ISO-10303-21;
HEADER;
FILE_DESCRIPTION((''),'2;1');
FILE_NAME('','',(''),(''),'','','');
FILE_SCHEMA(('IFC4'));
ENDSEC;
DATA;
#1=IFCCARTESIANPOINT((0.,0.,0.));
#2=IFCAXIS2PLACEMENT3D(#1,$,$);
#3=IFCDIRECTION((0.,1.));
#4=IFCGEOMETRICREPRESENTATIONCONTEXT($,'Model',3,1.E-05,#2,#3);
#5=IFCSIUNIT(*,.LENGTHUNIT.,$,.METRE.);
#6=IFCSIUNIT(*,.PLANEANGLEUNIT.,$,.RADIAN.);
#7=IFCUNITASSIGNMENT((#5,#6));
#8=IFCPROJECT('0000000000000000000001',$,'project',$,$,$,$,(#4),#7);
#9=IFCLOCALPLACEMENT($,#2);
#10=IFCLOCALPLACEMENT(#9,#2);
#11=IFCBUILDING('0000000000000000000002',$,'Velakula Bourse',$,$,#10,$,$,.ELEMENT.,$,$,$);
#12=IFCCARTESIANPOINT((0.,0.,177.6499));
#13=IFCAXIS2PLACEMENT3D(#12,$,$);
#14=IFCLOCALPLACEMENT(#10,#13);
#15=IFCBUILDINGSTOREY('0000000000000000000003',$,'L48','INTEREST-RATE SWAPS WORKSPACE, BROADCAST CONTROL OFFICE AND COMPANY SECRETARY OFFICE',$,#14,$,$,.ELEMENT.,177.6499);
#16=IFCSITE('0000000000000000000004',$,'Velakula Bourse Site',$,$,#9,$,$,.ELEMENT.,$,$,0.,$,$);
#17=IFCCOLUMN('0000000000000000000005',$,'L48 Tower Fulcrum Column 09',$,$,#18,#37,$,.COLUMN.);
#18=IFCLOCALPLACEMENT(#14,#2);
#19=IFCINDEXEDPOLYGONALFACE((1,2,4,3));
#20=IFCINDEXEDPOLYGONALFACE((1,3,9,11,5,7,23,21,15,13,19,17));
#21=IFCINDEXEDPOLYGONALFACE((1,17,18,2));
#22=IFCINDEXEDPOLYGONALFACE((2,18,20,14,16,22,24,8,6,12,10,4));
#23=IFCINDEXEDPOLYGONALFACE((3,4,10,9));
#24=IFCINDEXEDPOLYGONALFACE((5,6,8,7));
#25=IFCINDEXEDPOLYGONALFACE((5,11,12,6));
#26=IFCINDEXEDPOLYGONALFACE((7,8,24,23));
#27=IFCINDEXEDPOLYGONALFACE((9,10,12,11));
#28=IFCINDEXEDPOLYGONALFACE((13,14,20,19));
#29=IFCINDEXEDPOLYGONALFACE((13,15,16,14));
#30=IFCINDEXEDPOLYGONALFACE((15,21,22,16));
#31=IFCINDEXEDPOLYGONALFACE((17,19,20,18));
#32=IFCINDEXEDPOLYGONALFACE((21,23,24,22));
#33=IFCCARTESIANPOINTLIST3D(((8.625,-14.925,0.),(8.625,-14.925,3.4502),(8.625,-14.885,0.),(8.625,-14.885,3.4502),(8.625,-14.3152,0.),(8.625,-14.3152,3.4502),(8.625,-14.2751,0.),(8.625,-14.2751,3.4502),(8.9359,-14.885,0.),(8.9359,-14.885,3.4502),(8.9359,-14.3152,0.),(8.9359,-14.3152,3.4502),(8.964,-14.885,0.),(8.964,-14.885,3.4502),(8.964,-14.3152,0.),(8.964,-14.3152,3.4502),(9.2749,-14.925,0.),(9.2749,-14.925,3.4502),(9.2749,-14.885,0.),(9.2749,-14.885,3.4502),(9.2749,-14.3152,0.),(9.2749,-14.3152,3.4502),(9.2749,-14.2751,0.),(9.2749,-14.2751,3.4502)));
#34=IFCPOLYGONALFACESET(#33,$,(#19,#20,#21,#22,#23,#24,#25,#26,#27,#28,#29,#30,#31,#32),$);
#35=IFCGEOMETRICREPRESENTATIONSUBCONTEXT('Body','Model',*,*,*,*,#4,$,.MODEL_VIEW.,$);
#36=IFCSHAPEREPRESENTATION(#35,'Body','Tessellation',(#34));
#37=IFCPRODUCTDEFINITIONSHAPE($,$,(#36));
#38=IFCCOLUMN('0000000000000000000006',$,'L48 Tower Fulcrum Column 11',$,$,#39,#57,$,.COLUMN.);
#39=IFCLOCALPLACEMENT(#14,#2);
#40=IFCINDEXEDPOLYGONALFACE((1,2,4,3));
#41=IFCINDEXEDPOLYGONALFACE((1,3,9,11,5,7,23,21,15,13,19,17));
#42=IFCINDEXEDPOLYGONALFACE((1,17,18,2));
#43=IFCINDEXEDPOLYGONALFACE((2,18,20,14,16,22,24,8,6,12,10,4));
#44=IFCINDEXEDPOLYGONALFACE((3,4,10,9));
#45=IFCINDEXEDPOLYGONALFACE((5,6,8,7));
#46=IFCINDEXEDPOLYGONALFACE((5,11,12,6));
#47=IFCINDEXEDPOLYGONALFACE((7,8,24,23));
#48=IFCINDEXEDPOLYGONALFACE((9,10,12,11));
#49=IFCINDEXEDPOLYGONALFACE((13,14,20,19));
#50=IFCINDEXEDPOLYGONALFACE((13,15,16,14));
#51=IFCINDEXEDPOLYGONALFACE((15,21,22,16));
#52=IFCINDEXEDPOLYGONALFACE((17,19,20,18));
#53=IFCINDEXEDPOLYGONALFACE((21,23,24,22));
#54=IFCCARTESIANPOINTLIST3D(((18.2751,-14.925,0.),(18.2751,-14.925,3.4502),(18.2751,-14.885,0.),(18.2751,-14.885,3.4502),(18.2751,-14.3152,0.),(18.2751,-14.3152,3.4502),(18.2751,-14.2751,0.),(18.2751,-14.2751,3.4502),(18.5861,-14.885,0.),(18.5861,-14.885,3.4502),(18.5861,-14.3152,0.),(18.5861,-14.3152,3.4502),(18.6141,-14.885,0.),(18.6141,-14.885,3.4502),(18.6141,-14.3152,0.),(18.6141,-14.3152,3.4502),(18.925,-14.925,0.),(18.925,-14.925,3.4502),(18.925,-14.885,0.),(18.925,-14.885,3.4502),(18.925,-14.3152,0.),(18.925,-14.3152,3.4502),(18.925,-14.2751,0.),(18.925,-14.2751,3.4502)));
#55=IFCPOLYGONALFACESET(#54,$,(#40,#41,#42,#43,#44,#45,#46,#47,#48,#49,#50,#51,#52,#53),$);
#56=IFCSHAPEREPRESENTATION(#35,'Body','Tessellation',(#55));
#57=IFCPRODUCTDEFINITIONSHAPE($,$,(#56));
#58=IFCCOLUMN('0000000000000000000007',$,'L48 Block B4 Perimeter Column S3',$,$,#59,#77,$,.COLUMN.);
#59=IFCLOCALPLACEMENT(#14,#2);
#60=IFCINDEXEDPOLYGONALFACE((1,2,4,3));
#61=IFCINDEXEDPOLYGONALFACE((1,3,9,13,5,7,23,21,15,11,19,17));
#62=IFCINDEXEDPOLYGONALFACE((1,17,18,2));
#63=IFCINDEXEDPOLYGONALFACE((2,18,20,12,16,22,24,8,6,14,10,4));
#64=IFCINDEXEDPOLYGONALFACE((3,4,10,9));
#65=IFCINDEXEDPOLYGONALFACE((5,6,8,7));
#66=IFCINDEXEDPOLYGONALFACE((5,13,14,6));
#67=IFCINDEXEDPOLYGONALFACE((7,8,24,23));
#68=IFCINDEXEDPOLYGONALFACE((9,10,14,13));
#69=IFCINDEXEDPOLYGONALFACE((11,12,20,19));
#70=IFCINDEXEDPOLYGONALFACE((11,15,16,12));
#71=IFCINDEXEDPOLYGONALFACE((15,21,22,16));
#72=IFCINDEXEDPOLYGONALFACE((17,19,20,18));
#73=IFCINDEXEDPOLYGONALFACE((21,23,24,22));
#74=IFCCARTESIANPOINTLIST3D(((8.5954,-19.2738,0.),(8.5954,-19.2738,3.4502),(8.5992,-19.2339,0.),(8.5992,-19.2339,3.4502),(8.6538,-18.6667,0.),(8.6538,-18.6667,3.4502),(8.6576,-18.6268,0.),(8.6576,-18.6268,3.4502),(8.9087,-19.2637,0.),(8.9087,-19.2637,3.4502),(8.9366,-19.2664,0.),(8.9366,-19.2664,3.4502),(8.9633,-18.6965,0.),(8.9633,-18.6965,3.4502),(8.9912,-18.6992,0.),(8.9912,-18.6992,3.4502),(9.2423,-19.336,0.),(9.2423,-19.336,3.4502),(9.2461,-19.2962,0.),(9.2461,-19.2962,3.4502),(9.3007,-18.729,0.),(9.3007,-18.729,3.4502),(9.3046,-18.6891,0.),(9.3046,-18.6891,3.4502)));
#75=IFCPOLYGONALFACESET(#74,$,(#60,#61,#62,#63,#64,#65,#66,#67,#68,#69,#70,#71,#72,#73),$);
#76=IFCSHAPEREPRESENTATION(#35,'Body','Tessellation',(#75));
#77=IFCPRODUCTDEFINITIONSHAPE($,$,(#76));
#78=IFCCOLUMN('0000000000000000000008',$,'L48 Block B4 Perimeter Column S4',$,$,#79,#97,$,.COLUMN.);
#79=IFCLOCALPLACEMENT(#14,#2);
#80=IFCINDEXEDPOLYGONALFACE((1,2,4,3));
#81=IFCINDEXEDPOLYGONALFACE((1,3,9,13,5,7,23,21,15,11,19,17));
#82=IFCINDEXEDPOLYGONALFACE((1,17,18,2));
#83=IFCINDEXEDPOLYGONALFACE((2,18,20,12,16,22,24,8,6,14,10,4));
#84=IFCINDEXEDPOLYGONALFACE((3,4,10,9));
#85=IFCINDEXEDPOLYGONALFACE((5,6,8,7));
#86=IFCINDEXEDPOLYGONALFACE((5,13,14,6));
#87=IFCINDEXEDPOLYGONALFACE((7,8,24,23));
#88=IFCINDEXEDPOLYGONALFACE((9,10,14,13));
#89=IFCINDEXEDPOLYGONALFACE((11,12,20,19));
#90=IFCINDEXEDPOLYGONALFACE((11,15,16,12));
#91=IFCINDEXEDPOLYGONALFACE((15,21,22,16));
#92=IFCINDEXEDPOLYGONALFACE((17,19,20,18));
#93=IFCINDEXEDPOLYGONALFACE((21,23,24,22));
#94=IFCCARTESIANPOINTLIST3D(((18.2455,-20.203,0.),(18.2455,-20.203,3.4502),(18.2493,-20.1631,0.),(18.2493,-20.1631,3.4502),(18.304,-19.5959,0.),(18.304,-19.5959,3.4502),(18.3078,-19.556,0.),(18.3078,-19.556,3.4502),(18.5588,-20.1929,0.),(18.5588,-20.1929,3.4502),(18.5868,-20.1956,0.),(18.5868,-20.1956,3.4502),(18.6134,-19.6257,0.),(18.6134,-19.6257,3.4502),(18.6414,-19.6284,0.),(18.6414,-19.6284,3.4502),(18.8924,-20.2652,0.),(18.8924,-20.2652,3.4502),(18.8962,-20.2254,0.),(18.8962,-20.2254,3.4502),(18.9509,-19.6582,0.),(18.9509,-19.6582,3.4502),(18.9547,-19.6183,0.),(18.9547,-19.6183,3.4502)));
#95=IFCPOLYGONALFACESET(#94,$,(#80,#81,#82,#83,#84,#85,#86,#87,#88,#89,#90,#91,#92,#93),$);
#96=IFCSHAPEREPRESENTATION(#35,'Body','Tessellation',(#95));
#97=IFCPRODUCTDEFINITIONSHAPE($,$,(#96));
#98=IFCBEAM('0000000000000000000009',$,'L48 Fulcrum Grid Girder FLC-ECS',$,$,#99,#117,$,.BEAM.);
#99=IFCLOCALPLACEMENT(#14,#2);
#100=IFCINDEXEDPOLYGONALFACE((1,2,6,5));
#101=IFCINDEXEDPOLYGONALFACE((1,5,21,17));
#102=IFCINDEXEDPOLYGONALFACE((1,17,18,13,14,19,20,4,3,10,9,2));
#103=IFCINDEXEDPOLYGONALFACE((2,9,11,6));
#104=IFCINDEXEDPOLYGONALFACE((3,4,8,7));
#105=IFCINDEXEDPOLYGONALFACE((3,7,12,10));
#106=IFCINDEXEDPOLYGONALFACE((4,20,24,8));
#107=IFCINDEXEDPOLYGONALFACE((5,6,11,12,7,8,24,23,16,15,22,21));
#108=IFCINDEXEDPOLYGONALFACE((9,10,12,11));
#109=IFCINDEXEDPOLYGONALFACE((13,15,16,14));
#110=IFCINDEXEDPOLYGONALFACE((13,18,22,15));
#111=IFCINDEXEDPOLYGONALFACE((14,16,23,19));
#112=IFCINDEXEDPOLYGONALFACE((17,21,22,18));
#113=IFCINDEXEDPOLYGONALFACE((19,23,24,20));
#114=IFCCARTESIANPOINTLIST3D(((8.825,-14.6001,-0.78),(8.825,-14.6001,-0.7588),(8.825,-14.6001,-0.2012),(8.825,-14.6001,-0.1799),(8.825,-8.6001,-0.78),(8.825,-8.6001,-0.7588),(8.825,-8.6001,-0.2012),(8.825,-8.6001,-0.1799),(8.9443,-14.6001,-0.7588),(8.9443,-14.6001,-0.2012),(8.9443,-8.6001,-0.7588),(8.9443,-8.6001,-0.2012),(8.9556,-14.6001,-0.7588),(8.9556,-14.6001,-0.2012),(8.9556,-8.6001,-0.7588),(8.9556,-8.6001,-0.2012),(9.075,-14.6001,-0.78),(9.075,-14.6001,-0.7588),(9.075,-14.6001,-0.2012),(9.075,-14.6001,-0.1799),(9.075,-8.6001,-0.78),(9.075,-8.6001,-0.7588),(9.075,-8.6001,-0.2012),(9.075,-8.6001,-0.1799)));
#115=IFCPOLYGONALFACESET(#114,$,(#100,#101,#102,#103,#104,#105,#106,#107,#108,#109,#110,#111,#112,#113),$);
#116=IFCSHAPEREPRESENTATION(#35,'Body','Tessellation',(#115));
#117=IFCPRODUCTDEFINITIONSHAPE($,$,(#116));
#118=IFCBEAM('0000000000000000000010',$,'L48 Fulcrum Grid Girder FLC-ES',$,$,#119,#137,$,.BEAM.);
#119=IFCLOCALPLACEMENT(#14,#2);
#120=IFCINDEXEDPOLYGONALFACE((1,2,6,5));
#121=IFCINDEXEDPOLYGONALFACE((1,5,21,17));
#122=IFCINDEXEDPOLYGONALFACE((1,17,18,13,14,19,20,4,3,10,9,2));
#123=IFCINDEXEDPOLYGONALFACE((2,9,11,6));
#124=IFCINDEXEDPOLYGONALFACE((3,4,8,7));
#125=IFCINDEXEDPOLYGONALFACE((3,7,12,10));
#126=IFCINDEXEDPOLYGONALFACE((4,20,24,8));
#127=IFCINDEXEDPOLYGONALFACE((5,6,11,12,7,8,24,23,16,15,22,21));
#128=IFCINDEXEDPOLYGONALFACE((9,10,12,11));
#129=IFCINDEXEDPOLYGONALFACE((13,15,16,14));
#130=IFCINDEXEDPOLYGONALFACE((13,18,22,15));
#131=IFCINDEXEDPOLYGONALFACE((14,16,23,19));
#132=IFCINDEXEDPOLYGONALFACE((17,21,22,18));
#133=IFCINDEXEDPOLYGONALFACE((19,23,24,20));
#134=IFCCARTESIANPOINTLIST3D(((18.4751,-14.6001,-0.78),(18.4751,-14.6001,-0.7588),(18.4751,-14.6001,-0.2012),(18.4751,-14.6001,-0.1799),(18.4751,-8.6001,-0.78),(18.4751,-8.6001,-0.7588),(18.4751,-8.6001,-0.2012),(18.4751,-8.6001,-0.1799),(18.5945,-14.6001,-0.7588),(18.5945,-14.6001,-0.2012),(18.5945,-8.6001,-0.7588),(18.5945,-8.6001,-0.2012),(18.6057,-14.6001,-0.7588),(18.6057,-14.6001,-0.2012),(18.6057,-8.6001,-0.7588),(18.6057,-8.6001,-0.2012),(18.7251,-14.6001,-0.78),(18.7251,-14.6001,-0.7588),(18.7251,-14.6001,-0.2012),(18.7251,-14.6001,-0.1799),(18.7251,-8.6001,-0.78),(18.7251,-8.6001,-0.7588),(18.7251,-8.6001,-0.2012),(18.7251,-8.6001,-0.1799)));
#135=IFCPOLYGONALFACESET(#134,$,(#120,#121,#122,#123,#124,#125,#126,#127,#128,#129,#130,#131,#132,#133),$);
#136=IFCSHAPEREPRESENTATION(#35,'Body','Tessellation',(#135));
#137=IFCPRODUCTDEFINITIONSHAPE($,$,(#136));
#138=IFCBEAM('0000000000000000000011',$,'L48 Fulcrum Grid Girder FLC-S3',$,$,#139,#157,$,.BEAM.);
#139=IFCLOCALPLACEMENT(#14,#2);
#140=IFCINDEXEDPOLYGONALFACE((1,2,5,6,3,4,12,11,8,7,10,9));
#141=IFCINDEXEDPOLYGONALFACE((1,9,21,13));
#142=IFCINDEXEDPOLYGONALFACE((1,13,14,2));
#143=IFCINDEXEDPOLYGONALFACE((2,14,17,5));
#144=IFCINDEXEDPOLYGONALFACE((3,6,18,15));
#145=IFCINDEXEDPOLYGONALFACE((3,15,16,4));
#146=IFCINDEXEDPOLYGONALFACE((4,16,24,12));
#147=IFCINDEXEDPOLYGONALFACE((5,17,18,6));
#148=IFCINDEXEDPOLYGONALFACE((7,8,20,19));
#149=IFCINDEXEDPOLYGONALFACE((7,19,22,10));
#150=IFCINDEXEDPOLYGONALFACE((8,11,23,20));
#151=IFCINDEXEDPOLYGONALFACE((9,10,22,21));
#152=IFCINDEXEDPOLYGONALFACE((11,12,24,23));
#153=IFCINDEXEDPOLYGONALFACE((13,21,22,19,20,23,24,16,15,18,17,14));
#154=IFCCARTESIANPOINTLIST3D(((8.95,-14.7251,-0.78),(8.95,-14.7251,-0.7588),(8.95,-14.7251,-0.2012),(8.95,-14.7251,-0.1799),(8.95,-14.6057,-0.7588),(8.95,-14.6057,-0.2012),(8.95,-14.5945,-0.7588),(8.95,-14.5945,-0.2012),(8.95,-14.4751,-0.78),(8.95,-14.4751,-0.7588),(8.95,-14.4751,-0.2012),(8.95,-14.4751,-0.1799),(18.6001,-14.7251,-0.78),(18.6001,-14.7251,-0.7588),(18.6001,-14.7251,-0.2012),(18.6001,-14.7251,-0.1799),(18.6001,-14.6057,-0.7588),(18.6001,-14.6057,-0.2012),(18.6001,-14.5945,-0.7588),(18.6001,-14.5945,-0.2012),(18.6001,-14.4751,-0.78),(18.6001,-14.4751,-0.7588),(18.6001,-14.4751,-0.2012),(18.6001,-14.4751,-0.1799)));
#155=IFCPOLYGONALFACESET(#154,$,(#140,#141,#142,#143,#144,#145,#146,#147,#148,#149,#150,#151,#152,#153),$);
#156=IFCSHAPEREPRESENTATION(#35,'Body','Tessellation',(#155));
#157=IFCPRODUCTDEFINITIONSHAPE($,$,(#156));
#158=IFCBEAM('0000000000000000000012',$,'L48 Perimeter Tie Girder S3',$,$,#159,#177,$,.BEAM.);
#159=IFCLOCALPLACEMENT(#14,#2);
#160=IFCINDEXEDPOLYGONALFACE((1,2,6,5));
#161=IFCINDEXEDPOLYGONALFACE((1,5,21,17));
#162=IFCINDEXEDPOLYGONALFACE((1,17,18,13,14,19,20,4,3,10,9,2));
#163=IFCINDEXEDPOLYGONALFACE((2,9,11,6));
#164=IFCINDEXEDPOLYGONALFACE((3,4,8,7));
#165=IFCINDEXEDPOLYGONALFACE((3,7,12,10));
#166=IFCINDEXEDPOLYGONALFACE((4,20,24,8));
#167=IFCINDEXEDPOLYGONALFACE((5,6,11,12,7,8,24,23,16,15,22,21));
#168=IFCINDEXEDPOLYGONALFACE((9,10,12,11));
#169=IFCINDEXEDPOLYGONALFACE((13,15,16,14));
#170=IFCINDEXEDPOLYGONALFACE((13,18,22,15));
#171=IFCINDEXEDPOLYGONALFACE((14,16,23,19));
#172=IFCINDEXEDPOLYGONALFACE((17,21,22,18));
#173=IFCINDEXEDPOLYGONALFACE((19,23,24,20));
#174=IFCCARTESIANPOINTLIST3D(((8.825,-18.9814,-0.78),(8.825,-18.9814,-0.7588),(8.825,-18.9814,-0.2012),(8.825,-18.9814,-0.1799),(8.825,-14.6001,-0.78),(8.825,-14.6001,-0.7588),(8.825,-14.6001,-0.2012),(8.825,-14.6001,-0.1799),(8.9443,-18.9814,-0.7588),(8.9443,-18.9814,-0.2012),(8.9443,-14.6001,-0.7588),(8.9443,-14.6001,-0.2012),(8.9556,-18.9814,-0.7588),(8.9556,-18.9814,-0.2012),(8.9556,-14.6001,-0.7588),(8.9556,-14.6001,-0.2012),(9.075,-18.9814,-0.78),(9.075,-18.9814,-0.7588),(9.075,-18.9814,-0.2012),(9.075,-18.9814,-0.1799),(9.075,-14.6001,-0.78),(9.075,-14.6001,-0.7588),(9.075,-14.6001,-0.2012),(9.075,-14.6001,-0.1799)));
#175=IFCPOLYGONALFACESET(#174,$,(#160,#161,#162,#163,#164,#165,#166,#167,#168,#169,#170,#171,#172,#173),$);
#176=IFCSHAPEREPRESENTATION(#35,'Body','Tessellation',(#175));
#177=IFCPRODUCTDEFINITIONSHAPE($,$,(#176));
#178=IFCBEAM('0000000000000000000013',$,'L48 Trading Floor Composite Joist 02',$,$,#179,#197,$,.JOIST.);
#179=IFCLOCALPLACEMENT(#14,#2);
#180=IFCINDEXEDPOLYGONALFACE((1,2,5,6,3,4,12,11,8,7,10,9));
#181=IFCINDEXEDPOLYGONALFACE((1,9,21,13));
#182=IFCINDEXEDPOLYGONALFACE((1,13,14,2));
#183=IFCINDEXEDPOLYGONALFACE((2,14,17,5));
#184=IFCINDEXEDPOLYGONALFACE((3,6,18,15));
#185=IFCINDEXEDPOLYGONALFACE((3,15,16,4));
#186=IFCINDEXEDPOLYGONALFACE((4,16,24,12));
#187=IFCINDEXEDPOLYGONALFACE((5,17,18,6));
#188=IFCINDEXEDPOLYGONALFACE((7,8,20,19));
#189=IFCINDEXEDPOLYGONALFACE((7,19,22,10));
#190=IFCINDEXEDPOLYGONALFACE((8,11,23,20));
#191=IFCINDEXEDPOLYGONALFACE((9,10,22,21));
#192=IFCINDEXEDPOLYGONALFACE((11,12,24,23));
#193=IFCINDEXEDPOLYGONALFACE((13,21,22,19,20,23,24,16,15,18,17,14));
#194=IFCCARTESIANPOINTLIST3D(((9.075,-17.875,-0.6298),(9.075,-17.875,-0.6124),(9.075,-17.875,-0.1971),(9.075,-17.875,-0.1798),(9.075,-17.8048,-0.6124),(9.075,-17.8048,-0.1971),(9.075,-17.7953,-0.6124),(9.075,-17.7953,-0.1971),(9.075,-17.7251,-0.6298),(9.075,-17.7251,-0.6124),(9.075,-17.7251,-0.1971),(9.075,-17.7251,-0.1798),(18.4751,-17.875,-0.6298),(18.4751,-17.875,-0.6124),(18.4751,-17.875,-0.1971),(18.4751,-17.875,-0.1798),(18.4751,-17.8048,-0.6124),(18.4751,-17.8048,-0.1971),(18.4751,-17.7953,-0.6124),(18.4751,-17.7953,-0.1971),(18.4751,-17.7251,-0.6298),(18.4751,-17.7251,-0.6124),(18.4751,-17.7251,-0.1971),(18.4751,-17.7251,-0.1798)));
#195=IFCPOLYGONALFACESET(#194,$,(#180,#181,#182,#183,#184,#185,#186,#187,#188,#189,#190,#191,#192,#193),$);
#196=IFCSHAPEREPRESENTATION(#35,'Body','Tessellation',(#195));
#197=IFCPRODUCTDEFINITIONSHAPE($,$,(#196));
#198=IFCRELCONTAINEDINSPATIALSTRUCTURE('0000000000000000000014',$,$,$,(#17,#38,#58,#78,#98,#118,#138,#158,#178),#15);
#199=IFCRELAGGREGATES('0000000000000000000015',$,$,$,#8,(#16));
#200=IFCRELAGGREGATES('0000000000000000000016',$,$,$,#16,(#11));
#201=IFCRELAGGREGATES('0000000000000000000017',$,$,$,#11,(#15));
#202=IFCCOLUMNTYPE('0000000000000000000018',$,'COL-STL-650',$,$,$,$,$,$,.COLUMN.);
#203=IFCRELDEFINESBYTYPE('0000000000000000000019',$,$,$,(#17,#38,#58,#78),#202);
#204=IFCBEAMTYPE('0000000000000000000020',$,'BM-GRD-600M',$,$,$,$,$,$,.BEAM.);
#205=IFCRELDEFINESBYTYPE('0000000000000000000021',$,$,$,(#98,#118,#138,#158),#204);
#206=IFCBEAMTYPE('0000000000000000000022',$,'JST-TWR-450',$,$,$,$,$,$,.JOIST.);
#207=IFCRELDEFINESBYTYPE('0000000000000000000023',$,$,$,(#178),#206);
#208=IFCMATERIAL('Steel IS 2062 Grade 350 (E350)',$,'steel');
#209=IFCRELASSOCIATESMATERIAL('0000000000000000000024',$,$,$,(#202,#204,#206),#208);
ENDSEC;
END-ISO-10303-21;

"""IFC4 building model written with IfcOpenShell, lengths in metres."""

from ifc_helpers import new_model, si_unit, direction, frame, origin, origin_2d, place, context, subcontext, project, spatial, i_section, extrude, material, material_profile, profile_set, type_object, element, save


model = new_model("IFC4")

# Units and contexts
model_context = context("Model", 3, precision=1e-05, world=origin(), true_north=direction((0.0, 1.0)))
body_context = subcontext(model_context, "Body", "Model", "MODEL_VIEW")
ifc_project = project(units=[si_unit("LENGTHUNIT", "METRE"), si_unit("PLANEANGLEUNIT", "RADIAN")], contexts=[model_context])

# Site, building, storey
site_placement = place(None, origin())
site = spatial("IfcSite", under=ifc_project, at=site_placement, Name="Velakula Bourse Site", CompositionType="ELEMENT", RefElevation=0.0)
building_placement = place(site_placement, origin())
building = spatial("IfcBuilding", under=site, at=building_placement, Name="Velakula Bourse", CompositionType="ELEMENT")
storey_placement = place(building_placement, frame((0.0, 0.0, 177.6499)))
storey = spatial("IfcBuildingStorey", under=building, at=storey_placement, Name="L48", Description="INTEREST-RATE SWAPS WORKSPACE, BROADCAST CONTROL OFFICE AND COMPANY SECRETARY OFFICE", CompositionType="ELEMENT", Elevation=177.6499)

# Columns
ifc_material_1 = material(Name="Steel IS 2062 Grade 350 (E350)", Category="steel")
ifc_material_profile_1 = material_profile(ifc_material_1, i_section(OverallWidth=0.6499, OverallDepth=0.6499, WebThickness=0.0281, FlangeThickness=0.04, at=origin_2d()), Name="Steel IS 2062 Grade 350 (E350)")
ifc_profile_set_1 = profile_set([ifc_material_profile_1], Name="Steel IS 2062 Grade 350 (E350)")
column_type = type_object("IfcColumnType", Name="COL-STL-650", PredefinedType="COLUMN", material=ifc_profile_set_1)
for number, where, z_axis, x_axis, name in (
    (1, (8.95, -14.6001, 0.0), (0.0, 0.0, 1.0), (1.0, 0.0, 0.0), "L48 Tower Fulcrum Column 09"),
    (2, (18.6001, -14.6001, 0.0), (0.0, 0.0, 1.0), (1.0, 0.0, 0.0), "L48 Tower Fulcrum Column 11"),
    (3, (8.95, -18.9814, 0.0), (0.0, 0.0, 1.0), (0.995396, -0.095846, 0.0), "L48 Block B4 Perimeter Column S3"),
    (4, (18.6001, -19.9106, 0.0), (0.0, 0.0, 1.0), (0.995396, -0.095846, 0.0), "L48 Block B4 Perimeter Column S4"),
):
    element("IfcColumn", number, at=place(storey_placement, frame(where, z_axis=z_axis, x_axis=x_axis)), inside=storey, type_object=column_type, Name=name, PredefinedType="COLUMN", context=body_context, shape_type="SweptSolid", body=[
        extrude(i_section(OverallWidth=0.6499, OverallDepth=0.6499, WebThickness=0.0281, FlangeThickness=0.04, at=origin_2d()), origin(), (0.0, 0.0, 1.0), 3.4502),
    ])

# Beams
ifc_material_profile_2 = material_profile(ifc_material_1, i_section(OverallWidth=0.25, OverallDepth=0.6001, WebThickness=0.0112, FlangeThickness=0.0212, at=origin_2d()), Name="Steel IS 2062 Grade 350 (E350)")
ifc_profile_set_2 = profile_set([ifc_material_profile_2], Name="Steel IS 2062 Grade 350 (E350)")
beam_type_1 = type_object("IfcBeamType", Name="BM-GRD-600M", PredefinedType="BEAM", material=ifc_profile_set_2)
for number, where, z_axis, x_axis, name in (
    (5, (8.95, -14.6001, -0.48), (0.0, 1.0, 0.0), (-1.0, 0.0, 0.0), "L48 Fulcrum Grid Girder FLC-ECS"),
    (6, (18.6001, -14.6001, -0.48), (0.0, 1.0, 0.0), (-1.0, 0.0, 0.0), "L48 Fulcrum Grid Girder FLC-ES"),
):
    element("IfcBeam", number, at=place(storey_placement, frame(where, z_axis=z_axis, x_axis=x_axis)), inside=storey, type_object=beam_type_1, Name=name, PredefinedType="BEAM", context=body_context, shape_type="SweptSolid", body=[
        extrude(i_section(OverallWidth=0.25, OverallDepth=0.6001, WebThickness=0.0112, FlangeThickness=0.0212, at=origin_2d()), origin(), (0.0, 0.0, 1.0), 6.0),
    ])
beam_1_placement = place(storey_placement, frame((8.95, -14.6001, -0.48), z_axis=(1.0, 0.0, 0.0), x_axis=(0.0, 1.0, 0.0)))
element("IfcBeam", 7, at=beam_1_placement, inside=storey, type_object=beam_type_1, Name="L48 Fulcrum Grid Girder FLC-S3", PredefinedType="BEAM", context=body_context, shape_type="SweptSolid", body=[
    extrude(i_section(OverallWidth=0.25, OverallDepth=0.6001, WebThickness=0.0112, FlangeThickness=0.0212, at=origin_2d()), origin(), (0.0, 0.0, 1.0), 9.6501),
])
beam_2_placement = place(storey_placement, frame((8.95, -14.6001, -0.48), z_axis=(0.0, -1.0, 0.0), x_axis=(1.0, 0.0, 0.0)))
element("IfcBeam", 8, at=beam_2_placement, inside=storey, type_object=beam_type_1, Name="L48 Perimeter Tie Girder S3", PredefinedType="BEAM", context=body_context, shape_type="SweptSolid", body=[
    extrude(i_section(OverallWidth=0.25, OverallDepth=0.6001, WebThickness=0.0112, FlangeThickness=0.0212, at=origin_2d()), origin(), (0.0, 0.0, 1.0), 4.3813),
])
ifc_material_profile_3 = material_profile(ifc_material_1, i_section(OverallWidth=0.1499, OverallDepth=0.45, WebThickness=0.0095, FlangeThickness=0.0173, at=origin_2d()), Name="Steel IS 2062 Grade 350 (E350)")
ifc_profile_set_3 = profile_set([ifc_material_profile_3], Name="Steel IS 2062 Grade 350 (E350)")
beam_type_2 = type_object("IfcBeamType", Name="JST-TWR-450", PredefinedType="JOIST", material=ifc_profile_set_3)
beam_3_placement = place(storey_placement, frame((9.075, -17.8, -0.4048), z_axis=(1.0, 0.0, 0.0), x_axis=(0.0, 1.0, 0.0)))
element("IfcBeam", 9, at=beam_3_placement, inside=storey, type_object=beam_type_2, Name="L48 Trading Floor Composite Joist 02", PredefinedType="JOIST", context=body_context, shape_type="SweptSolid", body=[
    extrude(i_section(OverallWidth=0.1499, OverallDepth=0.45, WebThickness=0.0095, FlangeThickness=0.0173, at=origin_2d()), origin(), (0.0, 0.0, 1.0), 9.4001),
])

save(model, "model.ifc")
